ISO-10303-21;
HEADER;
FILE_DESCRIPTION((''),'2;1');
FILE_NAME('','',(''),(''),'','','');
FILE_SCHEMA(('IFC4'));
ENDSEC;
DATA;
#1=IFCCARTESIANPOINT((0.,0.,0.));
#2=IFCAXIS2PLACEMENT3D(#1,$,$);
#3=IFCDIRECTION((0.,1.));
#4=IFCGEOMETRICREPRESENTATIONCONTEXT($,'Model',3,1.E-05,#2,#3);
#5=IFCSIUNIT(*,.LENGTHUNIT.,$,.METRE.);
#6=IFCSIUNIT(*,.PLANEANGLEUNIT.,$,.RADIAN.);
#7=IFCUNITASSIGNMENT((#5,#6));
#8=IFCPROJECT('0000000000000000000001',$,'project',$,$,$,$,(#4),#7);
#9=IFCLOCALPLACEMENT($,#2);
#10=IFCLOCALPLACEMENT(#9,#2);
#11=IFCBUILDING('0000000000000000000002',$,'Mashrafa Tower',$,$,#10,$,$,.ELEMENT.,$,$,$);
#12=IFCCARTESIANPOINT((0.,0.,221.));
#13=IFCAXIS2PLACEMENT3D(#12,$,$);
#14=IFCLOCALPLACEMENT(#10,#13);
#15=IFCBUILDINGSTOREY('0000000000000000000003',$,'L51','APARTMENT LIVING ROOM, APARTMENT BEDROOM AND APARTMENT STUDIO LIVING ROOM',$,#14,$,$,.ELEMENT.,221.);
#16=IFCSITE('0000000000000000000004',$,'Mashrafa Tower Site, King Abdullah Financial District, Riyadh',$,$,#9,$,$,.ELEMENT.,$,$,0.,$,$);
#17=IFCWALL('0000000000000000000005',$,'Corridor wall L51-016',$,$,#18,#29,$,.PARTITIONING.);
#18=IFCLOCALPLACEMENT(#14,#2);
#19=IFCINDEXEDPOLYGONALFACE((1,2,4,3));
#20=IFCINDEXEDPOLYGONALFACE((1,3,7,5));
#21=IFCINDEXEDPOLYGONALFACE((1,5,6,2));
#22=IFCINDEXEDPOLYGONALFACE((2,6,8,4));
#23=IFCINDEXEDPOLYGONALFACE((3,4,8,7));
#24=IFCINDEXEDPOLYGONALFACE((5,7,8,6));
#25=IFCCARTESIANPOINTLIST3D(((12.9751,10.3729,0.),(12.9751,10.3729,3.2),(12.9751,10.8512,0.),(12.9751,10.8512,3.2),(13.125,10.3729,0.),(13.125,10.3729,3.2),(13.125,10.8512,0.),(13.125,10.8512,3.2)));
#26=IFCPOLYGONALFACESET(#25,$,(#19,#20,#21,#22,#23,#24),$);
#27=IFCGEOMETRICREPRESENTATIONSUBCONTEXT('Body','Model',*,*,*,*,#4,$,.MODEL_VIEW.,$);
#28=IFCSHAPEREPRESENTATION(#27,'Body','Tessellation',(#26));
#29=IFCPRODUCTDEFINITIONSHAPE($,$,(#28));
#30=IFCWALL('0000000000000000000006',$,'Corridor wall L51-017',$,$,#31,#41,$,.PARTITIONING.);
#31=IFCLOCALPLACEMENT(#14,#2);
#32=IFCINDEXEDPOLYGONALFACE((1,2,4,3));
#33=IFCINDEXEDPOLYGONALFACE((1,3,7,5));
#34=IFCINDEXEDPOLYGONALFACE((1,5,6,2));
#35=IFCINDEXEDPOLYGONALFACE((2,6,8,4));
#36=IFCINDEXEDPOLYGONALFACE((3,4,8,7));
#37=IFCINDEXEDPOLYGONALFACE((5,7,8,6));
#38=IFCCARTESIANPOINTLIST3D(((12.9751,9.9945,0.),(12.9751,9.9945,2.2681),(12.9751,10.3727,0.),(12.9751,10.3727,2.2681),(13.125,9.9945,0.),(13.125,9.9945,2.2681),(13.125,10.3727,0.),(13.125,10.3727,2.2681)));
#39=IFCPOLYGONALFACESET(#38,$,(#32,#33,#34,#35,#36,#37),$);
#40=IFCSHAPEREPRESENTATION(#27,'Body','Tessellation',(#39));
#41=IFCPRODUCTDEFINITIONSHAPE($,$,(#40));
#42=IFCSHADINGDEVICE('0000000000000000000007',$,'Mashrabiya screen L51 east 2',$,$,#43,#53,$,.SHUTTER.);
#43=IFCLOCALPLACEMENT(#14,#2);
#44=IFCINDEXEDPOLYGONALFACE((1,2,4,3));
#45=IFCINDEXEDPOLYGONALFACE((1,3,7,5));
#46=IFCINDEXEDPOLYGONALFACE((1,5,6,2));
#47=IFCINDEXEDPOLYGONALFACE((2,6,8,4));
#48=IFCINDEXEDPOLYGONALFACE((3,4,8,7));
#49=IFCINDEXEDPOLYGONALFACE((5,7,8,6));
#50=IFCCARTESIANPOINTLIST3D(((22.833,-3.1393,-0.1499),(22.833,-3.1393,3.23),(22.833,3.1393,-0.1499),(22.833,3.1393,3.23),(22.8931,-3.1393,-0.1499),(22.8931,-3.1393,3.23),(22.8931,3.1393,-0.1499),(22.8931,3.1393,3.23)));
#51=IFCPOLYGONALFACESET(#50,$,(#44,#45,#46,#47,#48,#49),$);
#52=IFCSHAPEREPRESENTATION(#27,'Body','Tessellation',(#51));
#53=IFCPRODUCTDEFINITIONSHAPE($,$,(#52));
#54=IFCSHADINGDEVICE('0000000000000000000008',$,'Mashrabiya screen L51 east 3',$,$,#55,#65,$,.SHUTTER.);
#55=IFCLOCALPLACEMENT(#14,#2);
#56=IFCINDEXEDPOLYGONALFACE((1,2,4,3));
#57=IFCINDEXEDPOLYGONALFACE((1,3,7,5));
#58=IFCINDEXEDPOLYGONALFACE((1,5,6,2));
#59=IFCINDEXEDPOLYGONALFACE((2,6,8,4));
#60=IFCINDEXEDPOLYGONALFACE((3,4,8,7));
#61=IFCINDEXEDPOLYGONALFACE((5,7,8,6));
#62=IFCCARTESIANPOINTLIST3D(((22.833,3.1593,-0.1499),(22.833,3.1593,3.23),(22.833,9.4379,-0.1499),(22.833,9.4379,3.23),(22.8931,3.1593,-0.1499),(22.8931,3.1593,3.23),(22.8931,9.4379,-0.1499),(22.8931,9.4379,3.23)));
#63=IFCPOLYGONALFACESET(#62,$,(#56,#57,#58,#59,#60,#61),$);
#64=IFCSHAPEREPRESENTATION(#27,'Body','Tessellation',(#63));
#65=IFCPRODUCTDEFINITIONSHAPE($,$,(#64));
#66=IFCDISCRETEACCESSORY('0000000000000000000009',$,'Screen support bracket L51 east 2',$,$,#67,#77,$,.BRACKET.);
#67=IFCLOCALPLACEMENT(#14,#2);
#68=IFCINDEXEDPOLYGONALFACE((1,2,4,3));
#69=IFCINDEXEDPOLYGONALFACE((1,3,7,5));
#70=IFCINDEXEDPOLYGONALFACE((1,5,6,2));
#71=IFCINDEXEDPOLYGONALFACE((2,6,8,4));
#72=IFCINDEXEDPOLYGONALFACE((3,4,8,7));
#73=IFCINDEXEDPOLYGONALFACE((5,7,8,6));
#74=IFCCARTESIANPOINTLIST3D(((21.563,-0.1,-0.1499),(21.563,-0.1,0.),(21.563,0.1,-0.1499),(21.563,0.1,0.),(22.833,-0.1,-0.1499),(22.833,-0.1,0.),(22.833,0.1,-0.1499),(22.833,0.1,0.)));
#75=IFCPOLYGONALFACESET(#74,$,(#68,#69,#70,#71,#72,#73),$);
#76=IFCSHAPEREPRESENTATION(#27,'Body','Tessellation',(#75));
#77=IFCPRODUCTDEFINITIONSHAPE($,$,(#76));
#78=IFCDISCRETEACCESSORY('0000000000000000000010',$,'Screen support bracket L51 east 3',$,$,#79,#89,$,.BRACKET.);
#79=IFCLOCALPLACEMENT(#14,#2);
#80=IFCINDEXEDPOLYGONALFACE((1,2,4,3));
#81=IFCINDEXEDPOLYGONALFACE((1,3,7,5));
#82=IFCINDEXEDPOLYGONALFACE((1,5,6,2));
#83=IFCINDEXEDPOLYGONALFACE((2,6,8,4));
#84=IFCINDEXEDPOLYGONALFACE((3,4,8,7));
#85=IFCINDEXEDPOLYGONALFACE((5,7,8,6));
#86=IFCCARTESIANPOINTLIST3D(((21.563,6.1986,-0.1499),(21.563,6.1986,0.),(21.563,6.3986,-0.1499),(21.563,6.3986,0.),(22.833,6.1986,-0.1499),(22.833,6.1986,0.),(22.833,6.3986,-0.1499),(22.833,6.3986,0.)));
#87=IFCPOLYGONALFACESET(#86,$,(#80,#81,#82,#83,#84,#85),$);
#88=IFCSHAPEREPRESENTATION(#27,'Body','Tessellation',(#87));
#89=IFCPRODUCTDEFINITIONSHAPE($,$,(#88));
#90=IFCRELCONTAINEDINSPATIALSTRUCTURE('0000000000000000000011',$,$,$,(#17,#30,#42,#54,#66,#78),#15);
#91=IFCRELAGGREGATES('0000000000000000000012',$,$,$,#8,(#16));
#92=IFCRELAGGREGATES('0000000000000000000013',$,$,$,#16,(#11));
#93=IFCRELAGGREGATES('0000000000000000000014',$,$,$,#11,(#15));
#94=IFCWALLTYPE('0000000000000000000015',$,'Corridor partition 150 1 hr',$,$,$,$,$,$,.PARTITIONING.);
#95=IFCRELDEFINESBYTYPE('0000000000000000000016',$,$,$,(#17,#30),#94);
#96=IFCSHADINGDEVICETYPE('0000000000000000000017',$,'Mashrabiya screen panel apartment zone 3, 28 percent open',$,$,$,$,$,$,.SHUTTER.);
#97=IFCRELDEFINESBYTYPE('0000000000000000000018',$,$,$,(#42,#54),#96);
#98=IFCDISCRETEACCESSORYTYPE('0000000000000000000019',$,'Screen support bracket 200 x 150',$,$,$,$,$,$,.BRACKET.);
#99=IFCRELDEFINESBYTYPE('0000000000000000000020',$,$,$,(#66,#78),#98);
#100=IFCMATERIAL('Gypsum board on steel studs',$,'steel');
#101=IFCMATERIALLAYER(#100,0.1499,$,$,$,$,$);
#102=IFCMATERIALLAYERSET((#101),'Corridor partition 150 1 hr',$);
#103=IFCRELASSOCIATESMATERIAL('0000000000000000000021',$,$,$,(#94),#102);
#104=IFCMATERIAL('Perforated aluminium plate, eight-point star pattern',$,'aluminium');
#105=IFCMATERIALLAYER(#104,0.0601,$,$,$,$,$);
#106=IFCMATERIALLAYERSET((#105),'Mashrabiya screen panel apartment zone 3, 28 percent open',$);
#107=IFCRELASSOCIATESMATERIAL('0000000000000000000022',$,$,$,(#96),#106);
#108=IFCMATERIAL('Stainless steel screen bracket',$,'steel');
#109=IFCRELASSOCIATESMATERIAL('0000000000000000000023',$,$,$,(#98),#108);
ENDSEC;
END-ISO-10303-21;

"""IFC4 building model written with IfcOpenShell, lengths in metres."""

from ifc_helpers import new_model, si_unit, direction, frame, frame_2d, origin, origin_2d, place, context, subcontext, project, spatial, rectangle, extrude, source, transform, mapped, material, layer, layer_set, type_object, type_shapes, element, save


model = new_model("IFC4")

# Units and contexts
model_context = context("Model", 3, precision=1e-05, world=origin(), true_north=direction((0.0, 1.0)))
body_context = subcontext(model_context, "Body", "Model", "MODEL_VIEW")
ifc_project = project(units=[si_unit("LENGTHUNIT", "METRE"), si_unit("PLANEANGLEUNIT", "RADIAN")], contexts=[model_context])

# Site, building, storey
site_placement = place(None, origin())
site = spatial("IfcSite", under=ifc_project, at=site_placement, Name="Mashrafa Tower Site, King Abdullah Financial District, Riyadh", CompositionType="ELEMENT", RefElevation=0.0)
building_placement = place(site_placement, origin())
building = spatial("IfcBuilding", under=site, at=building_placement, Name="Mashrafa Tower", CompositionType="ELEMENT")
storey_placement = place(building_placement, frame((0.0, 0.0, 221.0)))
storey = spatial("IfcBuildingStorey", under=building, at=storey_placement, Name="L51", Description="APARTMENT LIVING ROOM, APARTMENT BEDROOM AND APARTMENT STUDIO LIVING ROOM", CompositionType="ELEMENT", Elevation=221.0)

# Shared definitions
ifc_material_1 = material(Name="Gypsum board on steel studs", Category="steel")
ifc_layer_1 = layer(ifc_material_1, 0.1499)
ifc_layer_set_1 = layer_set([ifc_layer_1], Name="Corridor partition 150 1 hr")
wall_type_1 = type_object("IfcWallType", Name="Corridor partition 150 1 hr", PredefinedType="PARTITIONING", material=ifc_layer_set_1)

# Walls
wall_1_placement = place(storey_placement, frame((13.05, 10.3728, 0.0), z_axis=(0.0, 0.0, 1.0), x_axis=(0.0, 1.0, 0.0)))
element("IfcWall", 1, at=wall_1_placement, inside=storey, type_object=wall_type_1, Name="Corridor wall L51-016", PredefinedType="PARTITIONING", context=body_context, shape_type="SweptSolid", body=[
    extrude(rectangle(XDim=0.4783, YDim=0.1499, at=frame_2d((0.2393, 0.0))), origin(), (0.0, 0.0, 1.0), 3.2),
])
wall_2_placement = place(storey_placement, frame((13.05, 9.9946, 0.0), z_axis=(0.0, 0.0, 1.0), x_axis=(0.0, 1.0, 0.0)))
element("IfcWall", 2, at=wall_2_placement, inside=storey, type_object=wall_type_1, Name="Corridor wall L51-017", PredefinedType="PARTITIONING", context=body_context, shape_type="SweptSolid", body=[
    extrude(rectangle(XDim=0.3782, YDim=0.1499, at=frame_2d((0.189, 0.0))), origin(), (0.0, 0.0, 1.0), 2.2681),
])

# Shading devices
ifc_material_2 = material(Name="Perforated aluminium plate, eight-point star pattern", Category="aluminium")
ifc_layer_2 = layer(ifc_material_2, 0.0601)
ifc_layer_set_2 = layer_set([ifc_layer_2], Name="Mashrabiya screen panel apartment zone 3, 28 percent open")
shading_device_type = type_object("IfcShadingDeviceType", Name="Mashrabiya screen panel apartment zone 3, 28 percent open", PredefinedType="SHUTTER", material=ifc_layer_set_2)
shared_shape_1 = source(origin(), body_context, "Body", "SweptSolid", [
    extrude(rectangle(XDim=6.2786, YDim=0.0601, at=origin_2d()), origin(), (0.0, 0.0, 1.0), 3.3799),
])
type_shapes(shading_device_type, [shared_shape_1])
for number, where, z_axis, x_axis, name in (
    (3, (22.863, 0.0, -0.1499), (0.0, 0.0, 1.0), (0.0, 1.0, 0.0), "Mashrabiya screen L51 east 2"),
    (4, (22.863, 6.2986, -0.1499), (0.0, 0.0, 1.0), (0.0, 1.0, 0.0), "Mashrabiya screen L51 east 3"),
):
    element("IfcShadingDevice", number, at=place(storey_placement, frame(where, z_axis=z_axis, x_axis=x_axis)), inside=storey, type_object=shading_device_type, Name=name, PredefinedType="SHUTTER", context=body_context, shape_type="MappedRepresentation", body=[
        mapped(shared_shape_1, transform((0.0, 0.0, 0.0))),
    ])

# Discrete accessories
ifc_material_3 = material(Name="Stainless steel screen bracket", Category="steel")
discrete_accessory_type = type_object("IfcDiscreteAccessoryType", Name="Screen support bracket 200 x 150", PredefinedType="BRACKET", material=ifc_material_3)
shared_shape_2 = source(origin(), body_context, "Body", "SweptSolid", [
    extrude(rectangle(XDim=0.2, YDim=1.27, at=origin_2d()), origin(), (0.0, 0.0, 1.0), 0.1499),
])
type_shapes(discrete_accessory_type, [shared_shape_2])
for number, where, z_axis, x_axis, name in (
    (5, (22.198, 0.0, -0.1499), (0.0, 0.0, 1.0), (0.0, 1.0, 0.0), "Screen support bracket L51 east 2"),
    (6, (22.198, 6.2986, -0.1499), (0.0, 0.0, 1.0), (0.0, 1.0, 0.0), "Screen support bracket L51 east 3"),
):
    element("IfcDiscreteAccessory", number, at=place(storey_placement, frame(where, z_axis=z_axis, x_axis=x_axis)), inside=storey, type_object=discrete_accessory_type, Name=name, PredefinedType="BRACKET", context=body_context, shape_type="MappedRepresentation", body=[
        mapped(shared_shape_2, transform((0.0, 0.0, 0.0))),
    ])

save(model, "model.ifc")
